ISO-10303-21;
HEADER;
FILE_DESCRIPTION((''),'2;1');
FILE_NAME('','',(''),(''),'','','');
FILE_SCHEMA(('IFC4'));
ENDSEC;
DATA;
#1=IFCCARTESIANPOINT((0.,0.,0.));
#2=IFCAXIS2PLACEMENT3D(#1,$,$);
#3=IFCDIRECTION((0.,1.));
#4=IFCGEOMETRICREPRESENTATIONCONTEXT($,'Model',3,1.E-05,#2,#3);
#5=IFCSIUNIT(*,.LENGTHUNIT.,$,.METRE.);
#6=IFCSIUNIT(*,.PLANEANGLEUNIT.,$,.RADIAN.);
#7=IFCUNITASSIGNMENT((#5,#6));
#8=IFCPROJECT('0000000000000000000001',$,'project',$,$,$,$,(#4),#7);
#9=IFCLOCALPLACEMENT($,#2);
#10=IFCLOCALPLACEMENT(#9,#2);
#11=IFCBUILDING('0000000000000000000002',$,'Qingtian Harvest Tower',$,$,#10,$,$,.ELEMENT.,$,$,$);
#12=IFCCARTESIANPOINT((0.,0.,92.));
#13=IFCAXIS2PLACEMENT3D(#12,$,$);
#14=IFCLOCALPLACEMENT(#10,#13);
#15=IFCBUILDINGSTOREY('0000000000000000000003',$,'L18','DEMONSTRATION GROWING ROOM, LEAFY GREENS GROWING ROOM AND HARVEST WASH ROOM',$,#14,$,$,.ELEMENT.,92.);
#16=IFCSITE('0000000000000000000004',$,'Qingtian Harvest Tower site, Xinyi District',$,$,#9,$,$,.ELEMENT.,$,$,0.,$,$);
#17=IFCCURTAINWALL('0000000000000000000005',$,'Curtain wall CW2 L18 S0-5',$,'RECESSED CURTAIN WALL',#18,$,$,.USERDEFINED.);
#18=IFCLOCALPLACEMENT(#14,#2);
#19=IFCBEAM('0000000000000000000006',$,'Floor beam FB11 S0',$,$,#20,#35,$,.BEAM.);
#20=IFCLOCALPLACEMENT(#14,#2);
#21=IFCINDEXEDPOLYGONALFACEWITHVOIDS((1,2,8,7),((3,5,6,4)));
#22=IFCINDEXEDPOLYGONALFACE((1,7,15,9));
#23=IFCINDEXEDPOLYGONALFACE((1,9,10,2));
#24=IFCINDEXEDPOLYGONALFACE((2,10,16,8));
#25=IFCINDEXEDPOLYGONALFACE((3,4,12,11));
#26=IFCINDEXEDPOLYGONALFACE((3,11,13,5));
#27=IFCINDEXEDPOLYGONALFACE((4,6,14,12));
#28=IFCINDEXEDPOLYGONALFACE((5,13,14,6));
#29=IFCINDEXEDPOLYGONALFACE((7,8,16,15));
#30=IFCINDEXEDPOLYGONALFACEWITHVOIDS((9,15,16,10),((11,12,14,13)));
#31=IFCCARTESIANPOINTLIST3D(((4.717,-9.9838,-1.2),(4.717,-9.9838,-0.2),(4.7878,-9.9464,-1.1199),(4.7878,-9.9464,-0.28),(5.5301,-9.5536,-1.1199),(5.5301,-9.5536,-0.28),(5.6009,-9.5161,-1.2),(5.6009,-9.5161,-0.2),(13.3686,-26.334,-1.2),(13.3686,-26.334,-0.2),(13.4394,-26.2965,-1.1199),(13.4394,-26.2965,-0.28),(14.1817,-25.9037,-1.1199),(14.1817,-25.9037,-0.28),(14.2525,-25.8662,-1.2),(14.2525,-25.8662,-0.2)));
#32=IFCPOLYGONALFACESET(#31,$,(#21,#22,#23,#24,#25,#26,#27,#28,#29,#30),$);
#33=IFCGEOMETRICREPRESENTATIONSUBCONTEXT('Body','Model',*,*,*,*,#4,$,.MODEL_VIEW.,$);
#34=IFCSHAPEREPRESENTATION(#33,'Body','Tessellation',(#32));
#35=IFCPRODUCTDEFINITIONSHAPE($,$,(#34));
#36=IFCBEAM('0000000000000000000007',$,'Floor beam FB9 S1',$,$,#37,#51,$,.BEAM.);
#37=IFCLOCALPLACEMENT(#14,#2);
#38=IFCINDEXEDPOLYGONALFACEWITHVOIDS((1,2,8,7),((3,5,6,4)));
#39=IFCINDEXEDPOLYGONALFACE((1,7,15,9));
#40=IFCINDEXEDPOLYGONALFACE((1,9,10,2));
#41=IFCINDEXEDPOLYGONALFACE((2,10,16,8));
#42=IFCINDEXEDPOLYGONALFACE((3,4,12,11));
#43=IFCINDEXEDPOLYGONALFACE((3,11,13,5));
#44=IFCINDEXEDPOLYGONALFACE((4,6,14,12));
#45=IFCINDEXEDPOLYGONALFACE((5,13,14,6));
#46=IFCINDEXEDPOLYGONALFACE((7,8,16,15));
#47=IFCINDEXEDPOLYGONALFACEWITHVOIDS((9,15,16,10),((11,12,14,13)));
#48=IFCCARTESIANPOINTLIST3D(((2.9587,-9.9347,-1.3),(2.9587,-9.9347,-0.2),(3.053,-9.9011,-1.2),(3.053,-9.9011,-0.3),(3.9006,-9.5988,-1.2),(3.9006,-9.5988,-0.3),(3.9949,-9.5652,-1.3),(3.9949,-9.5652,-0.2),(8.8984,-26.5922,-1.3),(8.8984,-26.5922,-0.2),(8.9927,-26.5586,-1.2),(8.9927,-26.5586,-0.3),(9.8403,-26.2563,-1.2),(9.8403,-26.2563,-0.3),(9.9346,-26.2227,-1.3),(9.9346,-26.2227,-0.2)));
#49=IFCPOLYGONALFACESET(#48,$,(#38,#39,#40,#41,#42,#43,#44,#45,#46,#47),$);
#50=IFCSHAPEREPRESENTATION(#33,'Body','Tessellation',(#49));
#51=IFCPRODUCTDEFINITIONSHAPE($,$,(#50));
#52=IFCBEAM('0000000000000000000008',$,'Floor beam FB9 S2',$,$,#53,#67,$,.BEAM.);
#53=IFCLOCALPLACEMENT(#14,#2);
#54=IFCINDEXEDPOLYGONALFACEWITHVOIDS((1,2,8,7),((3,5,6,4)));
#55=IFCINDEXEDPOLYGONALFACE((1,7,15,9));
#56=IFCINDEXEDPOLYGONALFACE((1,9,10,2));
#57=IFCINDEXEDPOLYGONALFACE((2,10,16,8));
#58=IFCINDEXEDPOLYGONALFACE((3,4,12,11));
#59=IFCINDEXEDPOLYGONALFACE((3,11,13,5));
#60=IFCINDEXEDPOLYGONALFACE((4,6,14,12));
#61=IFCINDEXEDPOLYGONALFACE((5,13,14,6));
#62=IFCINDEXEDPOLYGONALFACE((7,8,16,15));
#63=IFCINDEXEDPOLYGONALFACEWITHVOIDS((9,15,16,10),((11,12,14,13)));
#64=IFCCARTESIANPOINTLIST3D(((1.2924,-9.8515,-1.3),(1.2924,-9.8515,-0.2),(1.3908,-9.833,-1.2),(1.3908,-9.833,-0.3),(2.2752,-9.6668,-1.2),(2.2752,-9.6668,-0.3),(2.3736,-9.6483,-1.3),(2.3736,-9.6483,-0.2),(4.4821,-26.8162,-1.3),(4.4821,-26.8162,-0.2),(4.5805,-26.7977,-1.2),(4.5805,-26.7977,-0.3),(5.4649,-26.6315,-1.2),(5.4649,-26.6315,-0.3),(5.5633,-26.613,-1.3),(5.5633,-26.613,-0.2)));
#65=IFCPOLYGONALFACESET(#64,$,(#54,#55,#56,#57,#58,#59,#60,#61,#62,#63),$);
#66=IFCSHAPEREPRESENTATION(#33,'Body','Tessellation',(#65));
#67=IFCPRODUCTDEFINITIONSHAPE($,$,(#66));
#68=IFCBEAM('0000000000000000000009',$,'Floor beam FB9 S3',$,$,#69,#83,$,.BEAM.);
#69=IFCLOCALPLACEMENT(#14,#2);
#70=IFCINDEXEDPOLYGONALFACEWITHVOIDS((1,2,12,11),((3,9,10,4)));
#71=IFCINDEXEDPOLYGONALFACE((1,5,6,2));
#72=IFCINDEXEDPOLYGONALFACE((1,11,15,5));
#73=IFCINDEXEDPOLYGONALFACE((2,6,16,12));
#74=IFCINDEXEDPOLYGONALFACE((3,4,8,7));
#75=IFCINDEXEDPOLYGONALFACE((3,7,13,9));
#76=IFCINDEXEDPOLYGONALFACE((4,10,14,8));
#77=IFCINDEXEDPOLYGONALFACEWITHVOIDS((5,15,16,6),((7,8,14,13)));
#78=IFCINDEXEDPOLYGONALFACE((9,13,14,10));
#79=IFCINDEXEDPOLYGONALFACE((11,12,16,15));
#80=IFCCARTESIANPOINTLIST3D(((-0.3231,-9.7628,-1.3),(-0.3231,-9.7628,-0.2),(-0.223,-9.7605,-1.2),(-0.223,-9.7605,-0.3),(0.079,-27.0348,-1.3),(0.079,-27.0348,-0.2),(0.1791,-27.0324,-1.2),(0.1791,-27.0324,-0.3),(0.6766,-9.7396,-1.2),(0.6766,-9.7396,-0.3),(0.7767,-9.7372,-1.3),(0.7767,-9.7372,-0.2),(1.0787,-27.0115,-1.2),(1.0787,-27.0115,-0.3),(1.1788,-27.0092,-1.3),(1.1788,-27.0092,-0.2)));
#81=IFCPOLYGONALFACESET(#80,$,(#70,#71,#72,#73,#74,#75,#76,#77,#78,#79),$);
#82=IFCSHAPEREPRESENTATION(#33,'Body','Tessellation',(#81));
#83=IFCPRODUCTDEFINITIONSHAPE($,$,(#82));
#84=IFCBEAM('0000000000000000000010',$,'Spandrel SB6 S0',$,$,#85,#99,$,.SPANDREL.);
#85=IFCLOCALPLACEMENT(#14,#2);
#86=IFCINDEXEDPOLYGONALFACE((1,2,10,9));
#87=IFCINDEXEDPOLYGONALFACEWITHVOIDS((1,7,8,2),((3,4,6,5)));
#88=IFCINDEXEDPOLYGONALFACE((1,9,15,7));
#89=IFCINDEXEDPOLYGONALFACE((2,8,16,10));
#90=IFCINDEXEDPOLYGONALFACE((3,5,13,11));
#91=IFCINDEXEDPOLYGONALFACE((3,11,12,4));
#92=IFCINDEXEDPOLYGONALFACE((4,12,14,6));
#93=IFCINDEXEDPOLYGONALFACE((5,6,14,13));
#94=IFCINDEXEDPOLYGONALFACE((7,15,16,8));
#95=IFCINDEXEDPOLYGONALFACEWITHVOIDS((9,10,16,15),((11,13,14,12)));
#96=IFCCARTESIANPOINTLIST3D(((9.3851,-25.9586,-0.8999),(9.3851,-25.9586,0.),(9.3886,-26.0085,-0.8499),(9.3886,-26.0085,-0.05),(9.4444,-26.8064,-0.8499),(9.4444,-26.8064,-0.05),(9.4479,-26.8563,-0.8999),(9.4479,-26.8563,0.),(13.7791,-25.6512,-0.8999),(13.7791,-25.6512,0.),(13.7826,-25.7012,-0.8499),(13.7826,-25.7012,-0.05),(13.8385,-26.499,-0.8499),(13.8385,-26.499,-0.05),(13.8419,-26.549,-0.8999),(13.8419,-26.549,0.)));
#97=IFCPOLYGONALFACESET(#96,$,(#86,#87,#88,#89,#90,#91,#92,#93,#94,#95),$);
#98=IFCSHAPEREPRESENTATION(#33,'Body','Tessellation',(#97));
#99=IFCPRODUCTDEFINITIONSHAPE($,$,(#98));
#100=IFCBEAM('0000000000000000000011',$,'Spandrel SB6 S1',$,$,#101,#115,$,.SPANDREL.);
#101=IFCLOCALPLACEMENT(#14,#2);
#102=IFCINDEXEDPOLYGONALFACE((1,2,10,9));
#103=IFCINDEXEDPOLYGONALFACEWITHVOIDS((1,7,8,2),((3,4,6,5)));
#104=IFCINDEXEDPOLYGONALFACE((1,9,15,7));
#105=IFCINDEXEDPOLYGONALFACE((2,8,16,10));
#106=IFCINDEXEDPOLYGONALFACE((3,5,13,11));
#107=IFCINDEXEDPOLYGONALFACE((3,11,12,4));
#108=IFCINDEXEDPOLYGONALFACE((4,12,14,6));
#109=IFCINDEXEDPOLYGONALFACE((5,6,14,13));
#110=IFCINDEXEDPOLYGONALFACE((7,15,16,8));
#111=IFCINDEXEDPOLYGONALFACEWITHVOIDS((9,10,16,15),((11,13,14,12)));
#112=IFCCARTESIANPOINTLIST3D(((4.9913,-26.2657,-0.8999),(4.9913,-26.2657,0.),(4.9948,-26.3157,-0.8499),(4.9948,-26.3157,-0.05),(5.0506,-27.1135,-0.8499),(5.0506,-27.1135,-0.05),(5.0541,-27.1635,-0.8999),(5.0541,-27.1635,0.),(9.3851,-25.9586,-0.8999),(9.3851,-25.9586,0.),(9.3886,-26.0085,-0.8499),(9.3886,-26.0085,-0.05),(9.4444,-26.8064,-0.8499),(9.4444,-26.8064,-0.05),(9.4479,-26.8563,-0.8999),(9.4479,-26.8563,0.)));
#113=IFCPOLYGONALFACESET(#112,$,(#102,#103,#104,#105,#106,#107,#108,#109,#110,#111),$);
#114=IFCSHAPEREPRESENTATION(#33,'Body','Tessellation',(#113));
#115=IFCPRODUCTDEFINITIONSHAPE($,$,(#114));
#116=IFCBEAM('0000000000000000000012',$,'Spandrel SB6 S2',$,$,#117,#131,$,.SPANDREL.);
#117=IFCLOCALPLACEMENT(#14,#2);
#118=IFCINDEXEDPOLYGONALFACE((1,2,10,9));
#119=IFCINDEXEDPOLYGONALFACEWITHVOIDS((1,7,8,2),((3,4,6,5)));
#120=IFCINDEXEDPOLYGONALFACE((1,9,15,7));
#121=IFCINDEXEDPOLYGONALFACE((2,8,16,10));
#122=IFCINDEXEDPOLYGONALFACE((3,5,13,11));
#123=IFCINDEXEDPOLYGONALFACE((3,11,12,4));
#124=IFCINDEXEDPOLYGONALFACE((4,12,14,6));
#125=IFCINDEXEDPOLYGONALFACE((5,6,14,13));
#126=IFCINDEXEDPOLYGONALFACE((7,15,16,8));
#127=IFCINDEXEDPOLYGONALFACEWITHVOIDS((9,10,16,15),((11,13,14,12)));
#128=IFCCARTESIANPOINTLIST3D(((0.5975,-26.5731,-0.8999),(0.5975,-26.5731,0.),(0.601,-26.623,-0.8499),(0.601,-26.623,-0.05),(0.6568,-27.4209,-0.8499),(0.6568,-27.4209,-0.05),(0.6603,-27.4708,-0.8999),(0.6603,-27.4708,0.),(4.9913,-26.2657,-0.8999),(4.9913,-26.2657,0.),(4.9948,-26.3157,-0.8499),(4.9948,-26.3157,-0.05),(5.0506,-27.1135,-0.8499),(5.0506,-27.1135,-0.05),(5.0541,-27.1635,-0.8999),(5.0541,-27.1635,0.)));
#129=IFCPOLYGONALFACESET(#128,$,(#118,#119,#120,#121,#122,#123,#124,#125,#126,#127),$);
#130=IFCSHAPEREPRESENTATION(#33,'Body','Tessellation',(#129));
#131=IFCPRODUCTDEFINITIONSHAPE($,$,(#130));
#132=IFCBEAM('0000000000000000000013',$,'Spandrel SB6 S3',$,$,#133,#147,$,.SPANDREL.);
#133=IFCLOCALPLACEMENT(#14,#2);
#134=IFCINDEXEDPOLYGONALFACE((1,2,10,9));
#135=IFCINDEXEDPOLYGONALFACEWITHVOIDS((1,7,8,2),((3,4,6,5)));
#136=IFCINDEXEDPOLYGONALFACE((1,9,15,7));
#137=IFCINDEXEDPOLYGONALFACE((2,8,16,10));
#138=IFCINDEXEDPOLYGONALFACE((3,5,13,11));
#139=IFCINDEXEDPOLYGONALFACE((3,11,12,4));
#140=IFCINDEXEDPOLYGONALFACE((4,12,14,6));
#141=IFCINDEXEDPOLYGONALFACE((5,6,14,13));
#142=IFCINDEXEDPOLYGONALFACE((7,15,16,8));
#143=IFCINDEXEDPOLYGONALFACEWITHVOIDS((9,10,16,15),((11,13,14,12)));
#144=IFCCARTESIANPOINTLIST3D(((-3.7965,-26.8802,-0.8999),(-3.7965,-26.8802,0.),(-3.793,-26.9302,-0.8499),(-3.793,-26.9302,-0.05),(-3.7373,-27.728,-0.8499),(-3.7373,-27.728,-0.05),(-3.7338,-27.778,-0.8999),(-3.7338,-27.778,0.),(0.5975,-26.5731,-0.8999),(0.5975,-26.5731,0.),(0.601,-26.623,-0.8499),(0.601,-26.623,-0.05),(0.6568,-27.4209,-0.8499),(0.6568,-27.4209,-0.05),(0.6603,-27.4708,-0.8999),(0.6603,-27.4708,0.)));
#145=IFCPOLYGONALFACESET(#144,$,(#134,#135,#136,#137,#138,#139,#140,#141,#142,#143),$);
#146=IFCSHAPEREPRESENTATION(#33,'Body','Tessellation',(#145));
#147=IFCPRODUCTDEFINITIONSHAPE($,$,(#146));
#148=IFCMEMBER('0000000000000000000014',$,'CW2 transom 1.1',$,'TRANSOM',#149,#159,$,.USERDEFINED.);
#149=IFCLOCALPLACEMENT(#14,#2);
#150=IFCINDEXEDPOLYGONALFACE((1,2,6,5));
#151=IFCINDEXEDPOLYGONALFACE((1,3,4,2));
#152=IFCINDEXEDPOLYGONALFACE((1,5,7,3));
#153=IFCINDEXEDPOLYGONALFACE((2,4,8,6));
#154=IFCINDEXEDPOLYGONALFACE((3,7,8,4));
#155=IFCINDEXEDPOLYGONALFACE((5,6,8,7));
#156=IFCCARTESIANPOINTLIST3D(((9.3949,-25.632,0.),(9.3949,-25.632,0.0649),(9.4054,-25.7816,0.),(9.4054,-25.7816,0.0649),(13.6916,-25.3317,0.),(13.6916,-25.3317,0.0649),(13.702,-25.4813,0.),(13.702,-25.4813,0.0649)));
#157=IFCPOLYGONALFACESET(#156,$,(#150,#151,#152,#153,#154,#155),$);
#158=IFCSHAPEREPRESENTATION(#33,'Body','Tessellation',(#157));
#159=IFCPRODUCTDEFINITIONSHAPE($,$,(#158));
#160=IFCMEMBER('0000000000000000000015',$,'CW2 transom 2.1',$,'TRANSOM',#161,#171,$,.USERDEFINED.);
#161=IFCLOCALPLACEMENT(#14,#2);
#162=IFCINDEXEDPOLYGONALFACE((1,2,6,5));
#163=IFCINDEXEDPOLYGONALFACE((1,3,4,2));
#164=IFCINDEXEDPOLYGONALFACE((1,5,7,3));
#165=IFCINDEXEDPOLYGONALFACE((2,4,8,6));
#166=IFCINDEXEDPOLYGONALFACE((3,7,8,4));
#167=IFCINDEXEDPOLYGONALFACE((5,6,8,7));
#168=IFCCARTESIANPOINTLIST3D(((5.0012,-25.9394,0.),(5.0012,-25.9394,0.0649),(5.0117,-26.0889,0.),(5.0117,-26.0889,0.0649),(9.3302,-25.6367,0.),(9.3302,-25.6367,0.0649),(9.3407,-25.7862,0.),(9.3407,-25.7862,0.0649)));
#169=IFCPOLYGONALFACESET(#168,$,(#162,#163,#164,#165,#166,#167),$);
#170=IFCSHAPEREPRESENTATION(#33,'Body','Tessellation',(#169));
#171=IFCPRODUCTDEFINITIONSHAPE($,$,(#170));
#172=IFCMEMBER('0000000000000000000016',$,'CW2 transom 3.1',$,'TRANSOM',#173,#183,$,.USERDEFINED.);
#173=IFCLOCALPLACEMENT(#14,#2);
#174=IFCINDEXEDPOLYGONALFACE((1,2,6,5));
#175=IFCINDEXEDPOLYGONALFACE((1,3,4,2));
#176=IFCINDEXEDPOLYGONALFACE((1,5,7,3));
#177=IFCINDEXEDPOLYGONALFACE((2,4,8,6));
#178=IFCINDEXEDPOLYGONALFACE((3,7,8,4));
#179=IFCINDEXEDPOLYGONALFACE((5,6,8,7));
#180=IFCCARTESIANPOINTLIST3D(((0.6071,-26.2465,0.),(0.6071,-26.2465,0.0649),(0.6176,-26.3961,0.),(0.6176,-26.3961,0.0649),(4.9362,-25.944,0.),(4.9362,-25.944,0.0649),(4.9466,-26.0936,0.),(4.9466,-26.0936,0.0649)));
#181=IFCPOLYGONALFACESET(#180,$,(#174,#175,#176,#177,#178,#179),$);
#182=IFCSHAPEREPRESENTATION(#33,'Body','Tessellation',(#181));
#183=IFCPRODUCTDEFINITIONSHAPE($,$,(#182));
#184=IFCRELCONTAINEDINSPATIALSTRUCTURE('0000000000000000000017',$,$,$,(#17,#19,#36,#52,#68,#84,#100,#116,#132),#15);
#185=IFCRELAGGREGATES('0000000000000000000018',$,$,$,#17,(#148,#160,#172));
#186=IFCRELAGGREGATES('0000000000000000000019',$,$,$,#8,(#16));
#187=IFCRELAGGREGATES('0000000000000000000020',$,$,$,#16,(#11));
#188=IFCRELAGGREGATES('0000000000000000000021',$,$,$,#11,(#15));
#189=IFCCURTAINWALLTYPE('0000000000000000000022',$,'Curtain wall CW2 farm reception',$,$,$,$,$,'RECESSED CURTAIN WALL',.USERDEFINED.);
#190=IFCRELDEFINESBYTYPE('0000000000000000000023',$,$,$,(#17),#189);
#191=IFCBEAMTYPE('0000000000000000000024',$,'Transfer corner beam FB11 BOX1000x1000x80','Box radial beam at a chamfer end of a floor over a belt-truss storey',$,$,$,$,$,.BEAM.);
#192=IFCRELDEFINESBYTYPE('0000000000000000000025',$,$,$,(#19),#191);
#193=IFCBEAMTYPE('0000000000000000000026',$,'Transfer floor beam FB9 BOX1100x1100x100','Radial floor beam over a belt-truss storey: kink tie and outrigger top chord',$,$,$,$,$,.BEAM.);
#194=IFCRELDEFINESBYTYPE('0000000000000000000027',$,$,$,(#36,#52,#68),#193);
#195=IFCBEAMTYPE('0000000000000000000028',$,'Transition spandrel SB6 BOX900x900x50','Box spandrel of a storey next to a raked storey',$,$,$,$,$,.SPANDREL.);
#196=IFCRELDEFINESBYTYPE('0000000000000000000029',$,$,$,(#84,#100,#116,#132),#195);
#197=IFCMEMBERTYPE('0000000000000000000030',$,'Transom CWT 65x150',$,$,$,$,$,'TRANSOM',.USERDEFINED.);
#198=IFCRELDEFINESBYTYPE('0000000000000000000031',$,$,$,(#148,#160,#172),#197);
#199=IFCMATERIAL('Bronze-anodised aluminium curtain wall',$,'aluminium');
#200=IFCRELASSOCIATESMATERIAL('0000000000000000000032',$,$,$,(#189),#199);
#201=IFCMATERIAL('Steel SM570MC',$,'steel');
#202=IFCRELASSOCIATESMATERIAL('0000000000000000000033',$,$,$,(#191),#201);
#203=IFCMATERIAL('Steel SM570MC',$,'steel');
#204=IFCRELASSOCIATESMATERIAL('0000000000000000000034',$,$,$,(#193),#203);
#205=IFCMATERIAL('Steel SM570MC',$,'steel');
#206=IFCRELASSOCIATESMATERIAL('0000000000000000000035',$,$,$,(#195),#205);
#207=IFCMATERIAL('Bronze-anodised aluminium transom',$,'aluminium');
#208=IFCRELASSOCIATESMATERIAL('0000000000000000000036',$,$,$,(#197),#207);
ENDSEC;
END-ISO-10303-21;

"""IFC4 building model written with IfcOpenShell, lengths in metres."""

from ifc_helpers import new_model, si_unit, direction, frame, origin, origin_2d, place, context, subcontext, project, spatial, rectangle, hollow_rectangle, extrude, material, material_profile, profile_set, type_object, element, aggregate, save


model = new_model("IFC4")

# Units and contexts
model_context = context("Model", 3, precision=1e-05, world=origin(), true_north=direction((0.0, 1.0)))
body_context = subcontext(model_context, "Body", "Model", "MODEL_VIEW")
ifc_project = project(units=[si_unit("LENGTHUNIT", "METRE"), si_unit("PLANEANGLEUNIT", "RADIAN")], contexts=[model_context])

# Site, building, storey
site_placement = place(None, origin())
site = spatial("IfcSite", under=ifc_project, at=site_placement, Name="Qingtian Harvest Tower site, Xinyi District", CompositionType="ELEMENT", RefElevation=0.0)
building_placement = place(site_placement, origin())
building = spatial("IfcBuilding", under=site, at=building_placement, Name="Qingtian Harvest Tower", CompositionType="ELEMENT")
storey_placement = place(building_placement, frame((0.0, 0.0, 92.0)))
storey = spatial("IfcBuildingStorey", under=building, at=storey_placement, Name="L18", Description="DEMONSTRATION GROWING ROOM, LEAFY GREENS GROWING ROOM AND HARVEST WASH ROOM", CompositionType="ELEMENT", Elevation=92.0)

# Shared definitions
ifc_material_1 = material(Name="Bronze-anodised aluminium curtain wall", Category="aluminium")
curtain_wall_type = type_object("IfcCurtainWallType", Name="Curtain wall CW2 farm reception", ElementType="RECESSED CURTAIN WALL", PredefinedType="USERDEFINED", material=ifc_material_1)

# Curtain wall
curtain_wall_1_placement = place(storey_placement, origin())
curtain_wall_1 = element("IfcCurtainWall", 1, at=curtain_wall_1_placement, inside=storey, type_object=curtain_wall_type, Name="Curtain wall CW2 L18 S0-5", ObjectType="RECESSED CURTAIN WALL", PredefinedType="USERDEFINED")

# Beams
ifc_material_2 = material(Name="Steel SM570MC", Category="steel")
ifc_material_profile_1 = material_profile(ifc_material_2, hollow_rectangle(XDim=1.0, YDim=1.0, WallThickness=0.0801, at=origin_2d()), Name="BOX1000x1000x80")
ifc_profile_set_1 = profile_set([ifc_material_profile_1], Name="Steel SM570MC")
beam_type_1 = type_object("IfcBeamType", Name="Transfer corner beam FB11 BOX1000x1000x80", Description="Box radial beam at a chamfer end of a floor over a belt-truss storey", PredefinedType="BEAM", material=ifc_profile_set_1)
beam_1_placement = place(storey_placement, frame((13.8105, -26.1001, -0.7), z_axis=(-0.467705, 0.883885, 0.0), x_axis=(-0.883885, -0.467705, 0.0)))
element("IfcBeam", 2, at=beam_1_placement, inside=storey, type_object=beam_type_1, Name="Floor beam FB11 S0", PredefinedType="BEAM", context=body_context, shape_type="SweptSolid", body=[
    extrude(hollow_rectangle(XDim=1.0, YDim=1.0, WallThickness=0.0801, at=origin_2d()), origin(), (0.0, 0.0, 1.0), 18.498),
])
ifc_material_3 = material(Name="Steel SM570MC", Category="steel")
ifc_material_profile_2 = material_profile(ifc_material_3, hollow_rectangle(XDim=1.1001, YDim=1.1001, WallThickness=0.1001, at=origin_2d()), Name="BOX1100x1100x100")
ifc_profile_set_2 = profile_set([ifc_material_profile_2], Name="Steel SM570MC")
beam_type_2 = type_object("IfcBeamType", Name="Transfer floor beam FB9 BOX1100x1100x100", Description="Radial floor beam over a belt-truss storey: kink tie and outrigger top chord", PredefinedType="BEAM", material=ifc_profile_set_2)
beam_2_placement = place(storey_placement, frame((9.4165, -26.4075, -0.75), z_axis=(-0.335865, 0.94191, 0.0), x_axis=(-0.94191, -0.335865, 0.0)))
element("IfcBeam", 3, at=beam_2_placement, inside=storey, type_object=beam_type_2, Name="Floor beam FB9 S1", PredefinedType="BEAM", context=body_context, shape_type="SweptSolid", body=[
    extrude(hollow_rectangle(XDim=1.1001, YDim=1.1001, WallThickness=0.1001, at=origin_2d()), origin(), (0.0, 0.0, 1.0), 17.6848),
])
beam_3_placement = place(storey_placement, frame((5.0227, -26.7146, -0.75), z_axis=(-0.184783, 0.982779, 0.0), x_axis=(-0.982779, -0.184783, 0.0)))
element("IfcBeam", 4, at=beam_3_placement, inside=storey, type_object=beam_type_2, Name="Floor beam FB9 S2", PredefinedType="BEAM", context=body_context, shape_type="SweptSolid", body=[
    extrude(hollow_rectangle(XDim=1.1001, YDim=1.1001, WallThickness=0.1001, at=origin_2d()), origin(), (0.0, 0.0, 1.0), 17.262),
])
beam_4_placement = place(storey_placement, frame((0.6289, -27.022, -0.75), z_axis=(-0.023274, 0.999729, 0.0), x_axis=(-0.999729, -0.023274, 0.0)))
element("IfcBeam", 5, at=beam_4_placement, inside=storey, type_object=beam_type_2, Name="Floor beam FB9 S3", PredefinedType="BEAM", context=body_context, shape_type="SweptSolid", body=[
    extrude(hollow_rectangle(XDim=1.1001, YDim=1.1001, WallThickness=0.1001, at=origin_2d()), origin(), (0.0, 0.0, 1.0), 17.2766),
])
ifc_material_4 = material(Name="Steel SM570MC", Category="steel")
ifc_material_profile_3 = material_profile(ifc_material_4, hollow_rectangle(XDim=0.8999, YDim=0.8999, WallThickness=0.05, at=origin_2d()), Name="BOX900x900x50")
ifc_profile_set_3 = profile_set([ifc_material_profile_3], Name="Steel SM570MC")
beam_type_3 = type_object("IfcBeamType", Name="Transition spandrel SB6 BOX900x900x50", Description="Box spandrel of a storey next to a raked storey", PredefinedType="SPANDREL", material=ifc_profile_set_3)
beam_5_placement = place(storey_placement, frame((13.8105, -26.1001, -0.45), z_axis=(-0.997562, -0.069782, 0.0), x_axis=(0.069782, -0.997562, 0.0)))
element("IfcBeam", 6, at=beam_5_placement, inside=storey, type_object=beam_type_3, Name="Spandrel SB6 S0", PredefinedType="SPANDREL", context=body_context, shape_type="SweptSolid", body=[
    extrude(hollow_rectangle(XDim=0.8999, YDim=0.8999, WallThickness=0.05, at=origin_2d()), origin(), (0.0, 0.0, 1.0), 4.4048),
])
for number, where, z_axis, x_axis, name in (
    (7, (9.4165, -26.4075, -0.45), (-0.997566, -0.06973, 0.0), (0.06973, -0.997566, 0.0), "Spandrel SB6 S1"),
    (8, (5.0227, -26.7146, -0.45), (-0.997562, -0.069786, 0.0), (0.069786, -0.997562, 0.0), "Spandrel SB6 S2"),
):
    element("IfcBeam", number, at=place(storey_placement, frame(where, z_axis=z_axis, x_axis=x_axis)), inside=storey, type_object=beam_type_3, Name=name, PredefinedType="SPANDREL", context=body_context, shape_type="SweptSolid", body=[
        extrude(hollow_rectangle(XDim=0.8999, YDim=0.8999, WallThickness=0.05, at=origin_2d()), origin(), (0.0, 0.0, 1.0), 4.4045),
    ])
beam_6_placement = place(storey_placement, frame((0.6289, -27.022, -0.45), z_axis=(-0.997566, -0.069727, 0.0), x_axis=(0.069727, -0.997566, 0.0)))
element("IfcBeam", 9, at=beam_6_placement, inside=storey, type_object=beam_type_3, Name="Spandrel SB6 S3", PredefinedType="SPANDREL", context=body_context, shape_type="SweptSolid", body=[
    extrude(hollow_rectangle(XDim=0.8999, YDim=0.8999, WallThickness=0.05, at=origin_2d()), origin(), (0.0, 0.0, 1.0), 4.4048),
])

# Members
ifc_material_5 = material(Name="Bronze-anodised aluminium transom", Category="aluminium")
ifc_material_profile_4 = material_profile(ifc_material_5, rectangle(XDim=0.1499, YDim=0.0649, at=origin_2d()), Name="AL 65x150")
ifc_profile_set_4 = profile_set([ifc_material_profile_4], Name="Bronze-anodised aluminium transom")
member_type_1 = type_object("IfcMemberType", Name="Transom CWT 65x150", ElementType="TRANSOM", PredefinedType="USERDEFINED", material=ifc_profile_set_4)
member_1_placement = place(storey_placement, frame((13.6968, -25.4065, 0.0325), z_axis=(-0.997567, -0.06972, 0.0), x_axis=(0.06972, -0.997567, 0.0)))
member_1 = element("IfcMember", 10, at=member_1_placement, type_object=member_type_1, Name="CW2 transom 1.1", ObjectType="TRANSOM", PredefinedType="USERDEFINED", context=body_context, shape_type="SweptSolid", body=[
    extrude(rectangle(XDim=0.1499, YDim=0.0649, at=origin_2d()), origin(), (0.0, 0.0, 1.0), 4.3071),
])
member_2_placement = place(storey_placement, frame((9.3354, -25.7114, 0.0325), z_axis=(-0.997564, -0.06976, 0.0), x_axis=(0.06976, -0.997564, 0.0)))
member_2 = element("IfcMember", 11, at=member_2_placement, type_object=member_type_1, Name="CW2 transom 2.1", ObjectType="TRANSOM", PredefinedType="USERDEFINED", context=body_context, shape_type="SweptSolid", body=[
    extrude(rectangle(XDim=0.1499, YDim=0.0649, at=origin_2d()), origin(), (0.0, 0.0, 1.0), 4.3396),
])
member_3_placement = place(storey_placement, frame((4.9414, -26.0188, 0.0325), z_axis=(-0.997568, -0.069704, 0.0), x_axis=(0.069704, -0.997568, 0.0)))
member_3 = element("IfcMember", 12, at=member_3_placement, type_object=member_type_1, Name="CW2 transom 3.1", ObjectType="TRANSOM", PredefinedType="USERDEFINED", context=body_context, shape_type="SweptSolid", body=[
    extrude(rectangle(XDim=0.1499, YDim=0.0649, at=origin_2d()), origin(), (0.0, 0.0, 1.0), 4.3396),
])

aggregate(curtain_wall_1, [member_1, member_2, member_3])

save(model, "model.ifc")
